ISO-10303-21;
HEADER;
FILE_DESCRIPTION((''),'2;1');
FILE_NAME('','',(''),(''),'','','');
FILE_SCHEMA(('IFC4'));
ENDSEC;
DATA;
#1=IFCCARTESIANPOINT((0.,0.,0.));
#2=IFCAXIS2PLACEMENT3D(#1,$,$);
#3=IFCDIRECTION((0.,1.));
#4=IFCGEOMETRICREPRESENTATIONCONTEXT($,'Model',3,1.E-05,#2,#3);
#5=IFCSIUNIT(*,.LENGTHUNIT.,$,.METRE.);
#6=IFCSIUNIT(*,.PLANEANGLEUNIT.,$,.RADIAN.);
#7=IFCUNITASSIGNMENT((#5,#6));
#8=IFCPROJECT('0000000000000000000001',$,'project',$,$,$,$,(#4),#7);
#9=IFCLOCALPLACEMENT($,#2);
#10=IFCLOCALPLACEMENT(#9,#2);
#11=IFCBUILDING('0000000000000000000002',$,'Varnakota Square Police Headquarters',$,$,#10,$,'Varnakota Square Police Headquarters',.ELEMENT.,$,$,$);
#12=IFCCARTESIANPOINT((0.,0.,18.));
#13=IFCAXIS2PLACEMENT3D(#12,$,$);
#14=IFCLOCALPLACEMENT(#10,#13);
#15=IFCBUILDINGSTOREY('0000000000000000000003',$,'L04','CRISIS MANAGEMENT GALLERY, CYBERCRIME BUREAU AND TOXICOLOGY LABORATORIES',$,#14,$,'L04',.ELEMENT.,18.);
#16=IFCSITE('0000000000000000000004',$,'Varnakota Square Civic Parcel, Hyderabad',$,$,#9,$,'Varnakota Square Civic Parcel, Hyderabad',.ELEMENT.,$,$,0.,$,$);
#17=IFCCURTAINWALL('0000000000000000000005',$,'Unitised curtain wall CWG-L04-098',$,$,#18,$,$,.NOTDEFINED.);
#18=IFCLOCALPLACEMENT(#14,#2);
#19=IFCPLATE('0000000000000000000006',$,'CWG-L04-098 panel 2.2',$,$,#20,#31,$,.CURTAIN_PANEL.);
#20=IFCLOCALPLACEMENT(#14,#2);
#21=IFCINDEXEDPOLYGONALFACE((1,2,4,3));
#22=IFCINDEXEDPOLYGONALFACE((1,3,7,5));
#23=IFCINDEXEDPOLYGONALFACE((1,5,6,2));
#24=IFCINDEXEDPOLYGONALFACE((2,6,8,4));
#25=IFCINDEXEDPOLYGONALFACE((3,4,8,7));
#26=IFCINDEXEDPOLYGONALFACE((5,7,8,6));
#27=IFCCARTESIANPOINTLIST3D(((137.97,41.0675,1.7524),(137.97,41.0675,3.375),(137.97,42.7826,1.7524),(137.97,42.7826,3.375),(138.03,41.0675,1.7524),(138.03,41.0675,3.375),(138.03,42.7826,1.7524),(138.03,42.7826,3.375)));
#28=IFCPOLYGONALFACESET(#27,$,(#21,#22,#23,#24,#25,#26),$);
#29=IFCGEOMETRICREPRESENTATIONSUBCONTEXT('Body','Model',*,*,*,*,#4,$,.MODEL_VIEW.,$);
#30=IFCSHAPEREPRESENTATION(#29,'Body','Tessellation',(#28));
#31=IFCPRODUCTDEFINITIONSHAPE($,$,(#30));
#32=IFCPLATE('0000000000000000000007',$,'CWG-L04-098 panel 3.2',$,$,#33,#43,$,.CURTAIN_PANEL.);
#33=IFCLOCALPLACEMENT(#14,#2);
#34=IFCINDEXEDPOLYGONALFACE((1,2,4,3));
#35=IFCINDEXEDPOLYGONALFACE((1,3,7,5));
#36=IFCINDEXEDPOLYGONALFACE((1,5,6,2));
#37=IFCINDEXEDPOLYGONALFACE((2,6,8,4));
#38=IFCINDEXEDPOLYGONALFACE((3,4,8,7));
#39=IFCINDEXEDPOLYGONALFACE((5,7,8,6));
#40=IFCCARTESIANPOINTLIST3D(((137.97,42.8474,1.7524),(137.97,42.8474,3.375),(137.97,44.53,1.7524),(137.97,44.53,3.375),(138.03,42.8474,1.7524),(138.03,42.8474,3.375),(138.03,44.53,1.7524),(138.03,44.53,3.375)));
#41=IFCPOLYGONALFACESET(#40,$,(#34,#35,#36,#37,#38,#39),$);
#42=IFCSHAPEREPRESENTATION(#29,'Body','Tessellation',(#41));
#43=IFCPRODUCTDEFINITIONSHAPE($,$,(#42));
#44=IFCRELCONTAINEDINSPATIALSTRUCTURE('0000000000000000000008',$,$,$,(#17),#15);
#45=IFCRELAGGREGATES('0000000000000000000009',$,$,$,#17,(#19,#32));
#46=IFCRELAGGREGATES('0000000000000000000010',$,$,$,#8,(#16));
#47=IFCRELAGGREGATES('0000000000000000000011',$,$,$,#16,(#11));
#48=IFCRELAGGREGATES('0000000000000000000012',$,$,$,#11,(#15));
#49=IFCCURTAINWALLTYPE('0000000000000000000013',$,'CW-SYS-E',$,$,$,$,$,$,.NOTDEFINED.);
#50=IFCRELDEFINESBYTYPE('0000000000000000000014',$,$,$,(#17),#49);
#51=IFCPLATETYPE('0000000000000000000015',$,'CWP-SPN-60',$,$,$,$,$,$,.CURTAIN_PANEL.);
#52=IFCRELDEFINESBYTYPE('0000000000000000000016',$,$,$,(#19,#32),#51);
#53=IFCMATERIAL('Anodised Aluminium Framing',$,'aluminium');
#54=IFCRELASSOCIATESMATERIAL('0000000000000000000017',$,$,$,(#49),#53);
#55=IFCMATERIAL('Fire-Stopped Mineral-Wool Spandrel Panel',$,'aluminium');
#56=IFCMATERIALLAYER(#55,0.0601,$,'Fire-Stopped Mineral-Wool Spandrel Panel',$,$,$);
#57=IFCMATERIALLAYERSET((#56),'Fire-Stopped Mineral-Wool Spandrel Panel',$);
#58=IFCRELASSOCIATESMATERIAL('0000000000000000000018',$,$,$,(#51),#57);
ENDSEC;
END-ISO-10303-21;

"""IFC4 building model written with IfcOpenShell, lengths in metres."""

from ifc_helpers import new_model, si_unit, direction, frame, origin, origin_2d, place, context, subcontext, project, spatial, rectangle, extrude, material, layer, layer_set, type_object, element, aggregate, save


model = new_model("IFC4")

# Units and contexts
model_context = context("Model", 3, precision=1e-05, world=origin(), true_north=direction((0.0, 1.0)))
body_context = subcontext(model_context, "Body", "Model", "MODEL_VIEW")
ifc_project = project(units=[si_unit("LENGTHUNIT", "METRE"), si_unit("PLANEANGLEUNIT", "RADIAN")], contexts=[model_context])

# Site, building, storey
site_placement = place(None, origin())
site = spatial("IfcSite", under=ifc_project, at=site_placement, Name="Varnakota Square Civic Parcel, Hyderabad", LongName="Varnakota Square Civic Parcel, Hyderabad", CompositionType="ELEMENT", RefElevation=0.0)
building_placement = place(site_placement, origin())
building = spatial("IfcBuilding", under=site, at=building_placement, Name="Varnakota Square Police Headquarters", LongName="Varnakota Square Police Headquarters", CompositionType="ELEMENT")
storey_placement = place(building_placement, frame((0.0, 0.0, 18.0)))
storey = spatial("IfcBuildingStorey", under=building, at=storey_placement, Name="L04", Description="CRISIS MANAGEMENT GALLERY, CYBERCRIME BUREAU AND TOXICOLOGY LABORATORIES", LongName="L04", CompositionType="ELEMENT", Elevation=18.0)

# Curtain wall, plates
ifc_material_1 = material(Name="Anodised Aluminium Framing", Category="aluminium")
curtain_wall_type = type_object("IfcCurtainWallType", Name="CW-SYS-E", PredefinedType="NOTDEFINED", material=ifc_material_1)
curtain_wall_placement = place(storey_placement, origin())
curtain_wall = element("IfcCurtainWall", 1, at=curtain_wall_placement, inside=storey, type_object=curtain_wall_type, Name="Unitised curtain wall CWG-L04-098", PredefinedType="NOTDEFINED")
ifc_material_2 = material(Name="Fire-Stopped Mineral-Wool Spandrel Panel", Category="aluminium")
ifc_layer_1 = layer(ifc_material_2, 0.0601, Name="Fire-Stopped Mineral-Wool Spandrel Panel")
ifc_layer_set_1 = layer_set([ifc_layer_1], Name="Fire-Stopped Mineral-Wool Spandrel Panel")
plate_type_1 = type_object("IfcPlateType", Name="CWP-SPN-60", PredefinedType="CURTAIN_PANEL", material=ifc_layer_set_1)
plate_1_placement = place(storey_placement, frame((138.0, 41.925, 1.7524), z_axis=(0.0, 0.0, 1.0), x_axis=(0.0, 1.0, 0.0)))
plate_1 = element("IfcPlate", 2, at=plate_1_placement, type_object=plate_type_1, Name="CWG-L04-098 panel 2.2", PredefinedType="CURTAIN_PANEL", context=body_context, shape_type="SweptSolid", body=[
    extrude(rectangle(XDim=1.7151, YDim=0.0601, at=origin_2d()), origin(), (0.0, 0.0, 1.0), 1.6226),
])
plate_2_placement = place(storey_placement, frame((138.0, 43.6887, 1.7524), z_axis=(0.0, 0.0, 1.0), x_axis=(0.0, 1.0, 0.0)))
plate_2 = element("IfcPlate", 3, at=plate_2_placement, type_object=plate_type_1, Name="CWG-L04-098 panel 3.2", PredefinedType="CURTAIN_PANEL", context=body_context, shape_type="SweptSolid", body=[
    extrude(rectangle(XDim=1.6826, YDim=0.0601, at=origin_2d()), origin(), (0.0, 0.0, 1.0), 1.6226),
])
aggregate(curtain_wall, [plate_1, plate_2])

save(model, "model.ifc")
